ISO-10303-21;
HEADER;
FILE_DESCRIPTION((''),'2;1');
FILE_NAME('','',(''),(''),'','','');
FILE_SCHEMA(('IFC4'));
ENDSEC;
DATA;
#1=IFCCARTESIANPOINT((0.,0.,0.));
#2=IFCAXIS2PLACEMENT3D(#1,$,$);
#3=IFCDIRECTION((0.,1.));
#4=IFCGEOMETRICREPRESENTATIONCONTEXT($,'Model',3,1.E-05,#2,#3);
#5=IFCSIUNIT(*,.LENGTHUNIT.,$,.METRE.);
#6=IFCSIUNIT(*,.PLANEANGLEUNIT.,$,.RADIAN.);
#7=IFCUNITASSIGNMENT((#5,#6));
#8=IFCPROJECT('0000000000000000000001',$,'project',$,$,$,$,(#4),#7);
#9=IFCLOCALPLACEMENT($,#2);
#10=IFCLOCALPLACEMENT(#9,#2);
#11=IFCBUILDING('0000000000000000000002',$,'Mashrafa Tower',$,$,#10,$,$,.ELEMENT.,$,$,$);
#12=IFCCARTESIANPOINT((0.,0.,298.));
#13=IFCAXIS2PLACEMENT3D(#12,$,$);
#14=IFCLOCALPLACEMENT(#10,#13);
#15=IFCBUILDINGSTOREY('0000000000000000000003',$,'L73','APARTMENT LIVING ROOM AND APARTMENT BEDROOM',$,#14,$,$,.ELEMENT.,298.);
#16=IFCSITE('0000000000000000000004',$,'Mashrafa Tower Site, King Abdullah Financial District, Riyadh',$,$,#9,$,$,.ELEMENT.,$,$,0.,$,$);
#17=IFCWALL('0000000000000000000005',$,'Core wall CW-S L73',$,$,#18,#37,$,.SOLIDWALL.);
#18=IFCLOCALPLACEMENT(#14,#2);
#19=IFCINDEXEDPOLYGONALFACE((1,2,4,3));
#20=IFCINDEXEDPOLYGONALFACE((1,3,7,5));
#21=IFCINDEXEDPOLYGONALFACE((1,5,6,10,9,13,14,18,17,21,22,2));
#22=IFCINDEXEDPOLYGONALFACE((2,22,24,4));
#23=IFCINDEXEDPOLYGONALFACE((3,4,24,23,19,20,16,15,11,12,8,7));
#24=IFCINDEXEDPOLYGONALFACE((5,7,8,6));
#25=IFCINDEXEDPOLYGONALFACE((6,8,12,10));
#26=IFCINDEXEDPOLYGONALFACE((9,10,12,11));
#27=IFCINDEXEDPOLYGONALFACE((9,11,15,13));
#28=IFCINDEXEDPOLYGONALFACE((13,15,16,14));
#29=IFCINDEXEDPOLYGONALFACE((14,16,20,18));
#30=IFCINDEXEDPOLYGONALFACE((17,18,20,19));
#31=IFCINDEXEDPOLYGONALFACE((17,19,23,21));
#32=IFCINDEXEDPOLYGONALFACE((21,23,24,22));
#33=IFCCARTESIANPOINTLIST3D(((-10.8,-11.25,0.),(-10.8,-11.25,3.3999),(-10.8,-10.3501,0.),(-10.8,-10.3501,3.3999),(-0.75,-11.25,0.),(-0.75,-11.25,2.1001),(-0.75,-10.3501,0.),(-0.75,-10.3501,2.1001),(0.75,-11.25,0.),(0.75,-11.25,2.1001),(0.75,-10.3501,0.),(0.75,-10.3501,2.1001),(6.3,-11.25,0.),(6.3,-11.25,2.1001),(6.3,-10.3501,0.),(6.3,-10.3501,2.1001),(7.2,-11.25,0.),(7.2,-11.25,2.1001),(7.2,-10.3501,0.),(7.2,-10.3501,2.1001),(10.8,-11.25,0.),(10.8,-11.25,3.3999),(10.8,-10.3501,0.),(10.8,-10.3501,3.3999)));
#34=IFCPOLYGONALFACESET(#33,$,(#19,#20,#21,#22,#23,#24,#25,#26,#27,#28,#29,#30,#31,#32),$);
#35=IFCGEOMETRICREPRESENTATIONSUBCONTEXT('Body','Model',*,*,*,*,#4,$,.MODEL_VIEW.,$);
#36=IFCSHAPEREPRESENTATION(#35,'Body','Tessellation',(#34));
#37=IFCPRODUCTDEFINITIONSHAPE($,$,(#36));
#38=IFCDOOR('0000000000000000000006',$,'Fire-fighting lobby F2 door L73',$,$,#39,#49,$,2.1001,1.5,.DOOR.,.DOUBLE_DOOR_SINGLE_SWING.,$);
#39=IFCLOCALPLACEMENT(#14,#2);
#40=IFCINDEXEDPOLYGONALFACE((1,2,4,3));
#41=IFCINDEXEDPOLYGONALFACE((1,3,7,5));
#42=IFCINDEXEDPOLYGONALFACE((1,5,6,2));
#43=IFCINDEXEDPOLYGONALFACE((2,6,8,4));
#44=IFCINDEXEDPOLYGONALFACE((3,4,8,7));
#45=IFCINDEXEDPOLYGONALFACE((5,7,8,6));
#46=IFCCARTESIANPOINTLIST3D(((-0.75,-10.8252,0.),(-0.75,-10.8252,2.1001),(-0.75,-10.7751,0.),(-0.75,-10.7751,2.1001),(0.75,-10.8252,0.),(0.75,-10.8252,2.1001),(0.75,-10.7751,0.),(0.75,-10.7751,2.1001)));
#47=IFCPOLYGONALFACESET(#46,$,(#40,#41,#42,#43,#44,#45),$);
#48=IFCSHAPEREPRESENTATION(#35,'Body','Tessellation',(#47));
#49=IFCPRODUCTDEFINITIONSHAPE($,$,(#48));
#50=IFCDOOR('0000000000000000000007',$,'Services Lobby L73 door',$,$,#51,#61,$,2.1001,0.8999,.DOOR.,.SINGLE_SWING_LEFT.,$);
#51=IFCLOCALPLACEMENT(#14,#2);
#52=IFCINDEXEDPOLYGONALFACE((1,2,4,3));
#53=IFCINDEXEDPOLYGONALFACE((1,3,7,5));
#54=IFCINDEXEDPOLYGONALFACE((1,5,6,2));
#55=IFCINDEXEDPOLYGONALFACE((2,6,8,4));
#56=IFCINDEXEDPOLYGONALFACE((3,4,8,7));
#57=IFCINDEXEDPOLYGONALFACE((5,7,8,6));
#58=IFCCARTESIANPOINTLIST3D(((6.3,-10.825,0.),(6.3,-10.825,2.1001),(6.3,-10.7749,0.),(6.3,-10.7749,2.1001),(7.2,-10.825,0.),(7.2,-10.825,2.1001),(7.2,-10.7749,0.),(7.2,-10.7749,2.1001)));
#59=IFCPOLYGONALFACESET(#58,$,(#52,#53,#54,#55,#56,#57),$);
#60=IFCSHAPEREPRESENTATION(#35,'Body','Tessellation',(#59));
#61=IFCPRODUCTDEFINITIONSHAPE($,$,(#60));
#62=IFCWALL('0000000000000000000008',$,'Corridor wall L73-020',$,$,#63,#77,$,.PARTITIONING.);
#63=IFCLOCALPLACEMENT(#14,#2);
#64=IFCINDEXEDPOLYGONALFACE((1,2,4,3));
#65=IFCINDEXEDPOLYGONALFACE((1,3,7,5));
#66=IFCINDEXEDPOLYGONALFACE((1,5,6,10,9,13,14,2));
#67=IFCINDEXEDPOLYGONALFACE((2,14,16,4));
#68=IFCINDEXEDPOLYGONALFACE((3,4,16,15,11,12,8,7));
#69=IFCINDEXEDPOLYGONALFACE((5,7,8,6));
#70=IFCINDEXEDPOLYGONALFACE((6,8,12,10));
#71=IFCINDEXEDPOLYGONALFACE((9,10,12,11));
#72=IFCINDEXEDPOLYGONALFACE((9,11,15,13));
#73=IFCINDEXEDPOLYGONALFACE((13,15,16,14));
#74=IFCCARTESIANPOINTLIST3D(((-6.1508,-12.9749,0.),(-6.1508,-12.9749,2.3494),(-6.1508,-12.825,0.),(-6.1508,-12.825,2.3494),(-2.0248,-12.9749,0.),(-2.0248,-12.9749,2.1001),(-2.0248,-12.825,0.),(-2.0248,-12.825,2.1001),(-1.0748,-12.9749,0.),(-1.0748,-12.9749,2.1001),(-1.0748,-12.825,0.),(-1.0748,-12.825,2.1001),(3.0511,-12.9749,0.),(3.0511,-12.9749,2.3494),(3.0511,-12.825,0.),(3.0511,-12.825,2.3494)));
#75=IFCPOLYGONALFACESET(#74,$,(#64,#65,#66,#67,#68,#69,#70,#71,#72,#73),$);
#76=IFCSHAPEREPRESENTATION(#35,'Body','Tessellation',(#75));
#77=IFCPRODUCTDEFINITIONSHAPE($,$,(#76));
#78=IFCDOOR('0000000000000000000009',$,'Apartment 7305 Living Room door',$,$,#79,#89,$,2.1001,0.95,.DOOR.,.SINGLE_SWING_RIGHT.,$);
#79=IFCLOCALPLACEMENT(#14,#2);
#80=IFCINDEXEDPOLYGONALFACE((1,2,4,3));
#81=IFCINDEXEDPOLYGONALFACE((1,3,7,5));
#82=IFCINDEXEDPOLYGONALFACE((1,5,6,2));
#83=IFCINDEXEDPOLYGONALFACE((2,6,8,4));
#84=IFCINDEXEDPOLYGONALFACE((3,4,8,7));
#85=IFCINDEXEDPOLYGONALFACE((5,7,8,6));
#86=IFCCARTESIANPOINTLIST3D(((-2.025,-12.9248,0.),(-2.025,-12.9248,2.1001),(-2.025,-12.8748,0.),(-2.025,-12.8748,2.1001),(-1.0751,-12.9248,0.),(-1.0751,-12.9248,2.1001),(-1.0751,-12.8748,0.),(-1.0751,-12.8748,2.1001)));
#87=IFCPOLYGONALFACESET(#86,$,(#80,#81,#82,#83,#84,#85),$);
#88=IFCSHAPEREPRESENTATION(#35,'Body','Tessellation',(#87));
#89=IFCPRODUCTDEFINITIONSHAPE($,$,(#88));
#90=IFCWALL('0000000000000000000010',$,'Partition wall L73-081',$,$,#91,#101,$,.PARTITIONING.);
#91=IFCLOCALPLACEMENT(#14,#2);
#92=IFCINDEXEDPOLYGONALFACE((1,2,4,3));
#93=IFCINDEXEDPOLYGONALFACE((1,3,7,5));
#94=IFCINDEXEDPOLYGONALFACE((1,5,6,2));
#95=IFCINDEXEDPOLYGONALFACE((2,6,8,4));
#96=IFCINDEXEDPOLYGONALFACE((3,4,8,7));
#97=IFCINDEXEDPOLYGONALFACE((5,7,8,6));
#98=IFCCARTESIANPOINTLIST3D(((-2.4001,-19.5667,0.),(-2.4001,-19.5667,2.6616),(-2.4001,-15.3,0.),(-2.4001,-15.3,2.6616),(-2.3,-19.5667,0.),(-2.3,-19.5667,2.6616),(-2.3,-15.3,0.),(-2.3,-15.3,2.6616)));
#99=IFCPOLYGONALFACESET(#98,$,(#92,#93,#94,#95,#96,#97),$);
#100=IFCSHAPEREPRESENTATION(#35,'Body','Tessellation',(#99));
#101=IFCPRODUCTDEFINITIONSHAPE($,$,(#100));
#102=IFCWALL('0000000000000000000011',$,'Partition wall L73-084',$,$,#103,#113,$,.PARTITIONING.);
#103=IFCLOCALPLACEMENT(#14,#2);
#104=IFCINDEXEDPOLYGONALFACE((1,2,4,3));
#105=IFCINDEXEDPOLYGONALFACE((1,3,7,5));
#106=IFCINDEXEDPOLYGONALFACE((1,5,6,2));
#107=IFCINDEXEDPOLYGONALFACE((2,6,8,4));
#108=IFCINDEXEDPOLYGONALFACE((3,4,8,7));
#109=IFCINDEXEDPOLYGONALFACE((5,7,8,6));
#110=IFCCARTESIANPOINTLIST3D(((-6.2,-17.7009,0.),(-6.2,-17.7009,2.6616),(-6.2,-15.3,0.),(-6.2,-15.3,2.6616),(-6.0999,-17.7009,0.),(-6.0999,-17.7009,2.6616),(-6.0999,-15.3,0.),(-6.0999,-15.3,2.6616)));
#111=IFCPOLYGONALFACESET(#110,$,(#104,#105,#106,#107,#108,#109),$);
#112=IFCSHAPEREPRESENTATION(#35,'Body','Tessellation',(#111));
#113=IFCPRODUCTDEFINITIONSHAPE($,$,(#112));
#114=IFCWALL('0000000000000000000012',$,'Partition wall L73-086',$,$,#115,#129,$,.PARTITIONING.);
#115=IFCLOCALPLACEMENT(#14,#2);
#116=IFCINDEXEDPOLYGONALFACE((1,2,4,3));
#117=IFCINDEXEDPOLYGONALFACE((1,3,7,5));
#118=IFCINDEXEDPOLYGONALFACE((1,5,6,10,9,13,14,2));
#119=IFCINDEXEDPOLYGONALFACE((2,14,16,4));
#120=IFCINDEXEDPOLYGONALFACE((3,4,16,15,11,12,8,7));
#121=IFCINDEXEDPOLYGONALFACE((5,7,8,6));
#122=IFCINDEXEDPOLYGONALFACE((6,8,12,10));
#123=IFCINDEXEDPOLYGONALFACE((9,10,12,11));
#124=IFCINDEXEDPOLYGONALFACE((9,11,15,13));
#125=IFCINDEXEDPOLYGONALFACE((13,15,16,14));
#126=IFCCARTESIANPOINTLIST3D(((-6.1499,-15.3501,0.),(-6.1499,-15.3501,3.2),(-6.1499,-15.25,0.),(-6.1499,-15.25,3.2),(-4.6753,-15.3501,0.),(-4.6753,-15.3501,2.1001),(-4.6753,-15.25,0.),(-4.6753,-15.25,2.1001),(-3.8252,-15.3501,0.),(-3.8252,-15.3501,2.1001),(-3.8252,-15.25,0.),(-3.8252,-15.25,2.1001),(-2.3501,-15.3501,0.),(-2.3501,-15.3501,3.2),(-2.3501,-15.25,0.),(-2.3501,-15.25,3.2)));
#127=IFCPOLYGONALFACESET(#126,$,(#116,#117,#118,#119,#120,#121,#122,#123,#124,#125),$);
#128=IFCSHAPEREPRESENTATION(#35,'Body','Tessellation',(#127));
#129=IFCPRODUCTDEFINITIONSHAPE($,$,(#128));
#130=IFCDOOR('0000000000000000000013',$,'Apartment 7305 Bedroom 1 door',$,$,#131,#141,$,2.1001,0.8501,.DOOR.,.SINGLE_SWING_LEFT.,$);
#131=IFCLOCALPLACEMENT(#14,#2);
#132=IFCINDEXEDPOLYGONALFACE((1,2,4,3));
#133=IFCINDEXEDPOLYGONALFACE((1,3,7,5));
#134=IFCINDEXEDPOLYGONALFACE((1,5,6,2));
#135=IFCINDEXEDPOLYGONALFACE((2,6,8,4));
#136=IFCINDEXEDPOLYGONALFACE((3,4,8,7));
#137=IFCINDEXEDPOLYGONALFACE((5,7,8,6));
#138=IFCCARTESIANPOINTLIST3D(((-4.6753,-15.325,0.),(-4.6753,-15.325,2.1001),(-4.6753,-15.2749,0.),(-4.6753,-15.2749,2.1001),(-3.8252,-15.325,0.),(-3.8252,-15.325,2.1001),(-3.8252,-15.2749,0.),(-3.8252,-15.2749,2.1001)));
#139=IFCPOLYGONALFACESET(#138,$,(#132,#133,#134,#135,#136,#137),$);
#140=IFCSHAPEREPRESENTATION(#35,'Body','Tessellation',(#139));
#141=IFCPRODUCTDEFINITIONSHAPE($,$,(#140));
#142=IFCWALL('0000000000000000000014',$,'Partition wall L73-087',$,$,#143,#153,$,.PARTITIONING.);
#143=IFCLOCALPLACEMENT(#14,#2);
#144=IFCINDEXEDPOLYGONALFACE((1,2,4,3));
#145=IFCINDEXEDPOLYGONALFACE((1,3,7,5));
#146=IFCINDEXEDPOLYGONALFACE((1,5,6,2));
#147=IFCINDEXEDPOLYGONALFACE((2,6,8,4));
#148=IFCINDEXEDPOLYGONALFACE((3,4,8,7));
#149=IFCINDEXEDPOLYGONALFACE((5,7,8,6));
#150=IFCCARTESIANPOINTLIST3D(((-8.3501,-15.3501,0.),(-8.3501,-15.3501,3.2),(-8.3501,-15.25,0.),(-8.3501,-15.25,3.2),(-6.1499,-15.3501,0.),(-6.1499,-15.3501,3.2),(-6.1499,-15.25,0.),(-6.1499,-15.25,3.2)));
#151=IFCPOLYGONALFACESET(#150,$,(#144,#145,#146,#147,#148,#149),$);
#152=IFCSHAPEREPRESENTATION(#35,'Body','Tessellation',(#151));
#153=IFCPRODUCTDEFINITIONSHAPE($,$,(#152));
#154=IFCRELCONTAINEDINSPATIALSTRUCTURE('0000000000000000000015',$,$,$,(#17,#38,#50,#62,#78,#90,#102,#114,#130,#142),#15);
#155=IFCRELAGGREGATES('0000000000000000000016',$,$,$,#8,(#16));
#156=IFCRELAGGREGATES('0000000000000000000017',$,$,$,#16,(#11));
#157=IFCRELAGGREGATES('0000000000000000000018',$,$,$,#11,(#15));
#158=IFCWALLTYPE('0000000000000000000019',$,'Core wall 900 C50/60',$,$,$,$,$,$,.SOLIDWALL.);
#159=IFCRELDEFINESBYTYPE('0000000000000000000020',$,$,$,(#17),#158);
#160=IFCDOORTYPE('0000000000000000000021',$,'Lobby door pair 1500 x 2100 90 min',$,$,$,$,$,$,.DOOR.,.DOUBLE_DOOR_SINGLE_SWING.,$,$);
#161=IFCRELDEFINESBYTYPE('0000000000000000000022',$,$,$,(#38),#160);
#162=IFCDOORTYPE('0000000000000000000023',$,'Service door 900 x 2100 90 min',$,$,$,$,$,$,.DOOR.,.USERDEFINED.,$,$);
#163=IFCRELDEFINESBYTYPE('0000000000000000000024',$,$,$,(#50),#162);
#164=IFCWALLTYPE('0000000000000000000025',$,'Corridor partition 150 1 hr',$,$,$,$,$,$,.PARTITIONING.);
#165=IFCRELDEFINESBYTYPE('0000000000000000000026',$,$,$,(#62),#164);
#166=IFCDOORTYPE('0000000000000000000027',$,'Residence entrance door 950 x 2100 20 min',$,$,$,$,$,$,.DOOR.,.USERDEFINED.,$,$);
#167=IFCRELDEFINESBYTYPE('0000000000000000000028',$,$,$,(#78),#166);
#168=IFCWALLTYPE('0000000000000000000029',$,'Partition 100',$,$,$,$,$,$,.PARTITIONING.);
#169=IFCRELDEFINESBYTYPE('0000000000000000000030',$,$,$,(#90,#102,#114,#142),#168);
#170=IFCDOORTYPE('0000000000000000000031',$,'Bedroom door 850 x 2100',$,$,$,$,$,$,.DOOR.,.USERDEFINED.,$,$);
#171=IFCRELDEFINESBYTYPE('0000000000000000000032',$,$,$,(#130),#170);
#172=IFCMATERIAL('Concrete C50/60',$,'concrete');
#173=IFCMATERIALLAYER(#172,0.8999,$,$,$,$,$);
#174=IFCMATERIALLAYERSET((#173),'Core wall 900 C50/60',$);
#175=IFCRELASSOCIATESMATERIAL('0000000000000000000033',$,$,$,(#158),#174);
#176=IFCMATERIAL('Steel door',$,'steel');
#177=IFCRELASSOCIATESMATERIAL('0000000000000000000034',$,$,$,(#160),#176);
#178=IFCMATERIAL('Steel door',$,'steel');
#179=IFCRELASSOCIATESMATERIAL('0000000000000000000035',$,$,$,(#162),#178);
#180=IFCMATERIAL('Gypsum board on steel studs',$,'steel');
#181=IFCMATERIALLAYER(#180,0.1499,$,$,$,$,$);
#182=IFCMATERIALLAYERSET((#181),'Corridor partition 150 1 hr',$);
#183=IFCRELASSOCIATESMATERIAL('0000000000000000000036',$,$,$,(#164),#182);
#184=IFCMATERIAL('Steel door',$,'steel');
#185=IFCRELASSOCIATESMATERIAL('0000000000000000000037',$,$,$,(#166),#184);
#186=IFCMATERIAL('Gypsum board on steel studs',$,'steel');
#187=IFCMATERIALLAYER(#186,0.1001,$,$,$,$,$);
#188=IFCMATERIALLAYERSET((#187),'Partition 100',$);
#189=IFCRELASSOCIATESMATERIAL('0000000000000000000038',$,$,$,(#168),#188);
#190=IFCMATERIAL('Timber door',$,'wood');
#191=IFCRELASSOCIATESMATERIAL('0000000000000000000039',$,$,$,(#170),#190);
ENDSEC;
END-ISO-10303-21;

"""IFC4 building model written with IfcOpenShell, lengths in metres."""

from ifc_helpers import new_model, si_unit, direction, frame, frame_2d, origin, place, context, subcontext, project, spatial, rectangle, extrude, material, layer, layer_set, type_object, element, fill, save


model = new_model("IFC4")

# Units and contexts
model_context = context("Model", 3, precision=1e-05, world=origin(), true_north=direction((0.0, 1.0)))
body_context = subcontext(model_context, "Body", "Model", "MODEL_VIEW")
ifc_project = project(units=[si_unit("LENGTHUNIT", "METRE"), si_unit("PLANEANGLEUNIT", "RADIAN")], contexts=[model_context])

# Site, building, storey
site_placement = place(None, origin())
site = spatial("IfcSite", under=ifc_project, at=site_placement, Name="Mashrafa Tower Site, King Abdullah Financial District, Riyadh", CompositionType="ELEMENT", RefElevation=0.0)
building_placement = place(site_placement, origin())
building = spatial("IfcBuilding", under=site, at=building_placement, Name="Mashrafa Tower", CompositionType="ELEMENT")
storey_placement = place(building_placement, frame((0.0, 0.0, 298.0)))
storey = spatial("IfcBuildingStorey", under=building, at=storey_placement, Name="L73", Description="APARTMENT LIVING ROOM AND APARTMENT BEDROOM", CompositionType="ELEMENT", Elevation=298.0)

# Wall, openings, doors
ifc_material_1 = material(Name="Concrete C50/60", Category="concrete")
ifc_layer_1 = layer(ifc_material_1, 0.8999)
ifc_layer_set_1 = layer_set([ifc_layer_1], Name="Core wall 900 C50/60")
wall_type_1 = type_object("IfcWallType", Name="Core wall 900 C50/60", PredefinedType="SOLIDWALL", material=ifc_layer_set_1)
wall_1_placement = place(storey_placement, frame((-10.8, -10.8, 0.0), z_axis=(0.0, 0.0, 1.0), x_axis=(1.0, 0.0, 0.0)))
wall_1 = element("IfcWall", 1, at=wall_1_placement, inside=storey, type_object=wall_type_1, Name="Core wall CW-S L73", PredefinedType="SOLIDWALL", context=body_context, shape_type="SweptSolid", body=[
    extrude(rectangle(XDim=21.6001, YDim=0.8999, at=frame_2d((10.8, 0.0))), origin(), (0.0, 0.0, 1.0), 3.3999),
])
opening_1_placement = place(wall_1_placement, frame((10.05, 0.0, 0.0)))
opening_1 = element("IfcOpeningElement", 2, at=opening_1_placement, cuts=wall_1, PredefinedType="OPENING", context=body_context, shape_type="SweptSolid", body=[
    extrude(rectangle(XDim=1.5, YDim=2.1001, at=frame_2d((0.75, 1.05))), frame((0.0, 0.46, 0.0), z_axis=(0.0, -1.0, 0.0), x_axis=(1.0, 0.0, 0.0)), (0.0, 0.0, 1.0), 0.9199),
])
opening_2_placement = place(wall_1_placement, frame((17.1001, 0.0, 0.0)))
opening_2 = element("IfcOpeningElement", 3, at=opening_2_placement, cuts=wall_1, PredefinedType="OPENING", context=body_context, shape_type="SweptSolid", body=[
    extrude(rectangle(XDim=0.8999, YDim=2.1001, at=frame_2d((0.45, 1.05))), frame((0.0, 0.46, 0.0), z_axis=(0.0, -1.0, 0.0), x_axis=(1.0, 0.0, 0.0)), (0.0, 0.0, 1.0), 0.9199),
])
ifc_material_2 = material(Name="Steel door", Category="steel")
door_type_1 = type_object("IfcDoorType", Name="Lobby door pair 1500 x 2100 90 min", OperationType="DOUBLE_DOOR_SINGLE_SWING", PredefinedType="DOOR", material=ifc_material_2)
door_1_placement = place(opening_1_placement, origin())
door_1 = element("IfcDoor", 4, at=door_1_placement, inside=storey, type_object=door_type_1, Name="Fire-fighting lobby F2 door L73", OperationType="DOUBLE_DOOR_SINGLE_SWING", OverallHeight=2.1001, OverallWidth=1.5, PredefinedType="DOOR", context=body_context, shape_type="SweptSolid", body=[
    extrude(rectangle(XDim=1.5, YDim=2.1001, at=frame_2d((0.75, 1.05))), frame((0.0, 0.0249, 0.0), z_axis=(0.0, -1.0, 0.0), x_axis=(1.0, 0.0, 0.0)), (0.0, 0.0, 1.0), 0.05),
])
fill(opening_1, door_1)
ifc_material_3 = material(Name="Steel door", Category="steel")
door_type_2 = type_object("IfcDoorType", Name="Service door 900 x 2100 90 min", OperationType="USERDEFINED", PredefinedType="DOOR", material=ifc_material_3)
door_2_placement = place(opening_2_placement, frame((0.8999, 0.0, 0.0), z_axis=(0.0, 0.0, 1.0), x_axis=(-1.0, 0.0, 0.0)))
door_2 = element("IfcDoor", 5, at=door_2_placement, inside=storey, type_object=door_type_2, Name="Services Lobby L73 door", OperationType="SINGLE_SWING_LEFT", OverallHeight=2.1001, OverallWidth=0.8999, PredefinedType="DOOR", context=body_context, shape_type="SweptSolid", body=[
    extrude(rectangle(XDim=0.8999, YDim=2.1001, at=frame_2d((0.45, 1.05))), frame((0.0, 0.0249, 0.0), z_axis=(0.0, -1.0, 0.0), x_axis=(1.0, 0.0, 0.0)), (0.0, 0.0, 1.0), 0.05),
])
fill(opening_2, door_2)

# Wall, opening, door
ifc_material_4 = material(Name="Gypsum board on steel studs", Category="steel")
ifc_layer_2 = layer(ifc_material_4, 0.1499)
ifc_layer_set_2 = layer_set([ifc_layer_2], Name="Corridor partition 150 1 hr")
wall_type_2 = type_object("IfcWallType", Name="Corridor partition 150 1 hr", PredefinedType="PARTITIONING", material=ifc_layer_set_2)
wall_2_placement = place(storey_placement, frame((-6.1509, -12.8999, 0.0), z_axis=(0.0, 0.0, 1.0), x_axis=(1.0, 0.0, 0.0)))
wall_2 = element("IfcWall", 6, at=wall_2_placement, inside=storey, type_object=wall_type_2, Name="Corridor wall L73-020", PredefinedType="PARTITIONING", context=body_context, shape_type="SweptSolid", body=[
    extrude(rectangle(XDim=9.2019, YDim=0.1499, at=frame_2d((4.6011, 0.0))), origin(), (0.0, 0.0, 1.0), 2.3494),
])
opening_3_placement = place(wall_2_placement, frame((4.126, 0.0, 0.0)))
opening_3 = element("IfcOpeningElement", 7, at=opening_3_placement, cuts=wall_2, PredefinedType="OPENING", context=body_context, shape_type="SweptSolid", body=[
    extrude(rectangle(XDim=0.95, YDim=2.1001, at=frame_2d((0.4751, 1.05))), frame((0.0, 0.085, 0.0), z_axis=(0.0, -1.0, 0.0), x_axis=(1.0, 0.0, 0.0)), (0.0, 0.0, 1.0), 0.1699),
])
ifc_material_5 = material(Name="Steel door", Category="steel")
door_type_3 = type_object("IfcDoorType", Name="Residence entrance door 950 x 2100 20 min", OperationType="USERDEFINED", PredefinedType="DOOR", material=ifc_material_5)
door_3_placement = place(opening_3_placement, frame((0.95, 0.0, 0.0), z_axis=(0.0, 0.0, 1.0), x_axis=(-1.0, 0.0, 0.0)))
door_3 = element("IfcDoor", 8, at=door_3_placement, inside=storey, type_object=door_type_3, Name="Apartment 7305 Living Room door", OperationType="SINGLE_SWING_RIGHT", OverallHeight=2.1001, OverallWidth=0.95, PredefinedType="DOOR", context=body_context, shape_type="SweptSolid", body=[
    extrude(rectangle(XDim=0.95, YDim=2.1001, at=frame_2d((0.4751, 1.05))), frame((0.0, 0.0249, 0.0), z_axis=(0.0, -1.0, 0.0), x_axis=(1.0, 0.0, 0.0)), (0.0, 0.0, 1.0), 0.05),
])
fill(opening_3, door_3)

# Walls
ifc_material_6 = material(Name="Gypsum board on steel studs", Category="steel")
ifc_layer_3 = layer(ifc_material_6, 0.1001)
ifc_layer_set_3 = layer_set([ifc_layer_3], Name="Partition 100")
wall_type_3 = type_object("IfcWallType", Name="Partition 100", PredefinedType="PARTITIONING", material=ifc_layer_set_3)
wall_3_placement = place(storey_placement, frame((-2.3501, -15.3, 0.0), z_axis=(0.0, 0.0, 1.0), x_axis=(0.0, -1.0, 0.0)))
element("IfcWall", 9, at=wall_3_placement, inside=storey, type_object=wall_type_3, Name="Partition wall L73-081", PredefinedType="PARTITIONING", context=body_context, shape_type="SweptSolid", body=[
    extrude(rectangle(XDim=4.2666, YDim=0.1001, at=frame_2d((2.1333, 0.0))), origin(), (0.0, 0.0, 1.0), 2.6616),
])
wall_4_placement = place(storey_placement, frame((-6.1499, -15.3, 0.0), z_axis=(0.0, 0.0, 1.0), x_axis=(0.0, -1.0, 0.0)))
element("IfcWall", 10, at=wall_4_placement, inside=storey, type_object=wall_type_3, Name="Partition wall L73-084", PredefinedType="PARTITIONING", context=body_context, shape_type="SweptSolid", body=[
    extrude(rectangle(XDim=2.4009, YDim=0.1001, at=frame_2d((1.2004, 0.0))), origin(), (0.0, 0.0, 1.0), 2.6616),
])

# Wall, opening, door
wall_5_placement = place(storey_placement, frame((-2.3501, -15.3, 0.0), z_axis=(0.0, 0.0, 1.0), x_axis=(-1.0, 0.0, 0.0)))
wall_5 = element("IfcWall", 11, at=wall_5_placement, inside=storey, type_object=wall_type_3, Name="Partition wall L73-086", PredefinedType="PARTITIONING", context=body_context, shape_type="SweptSolid", body=[
    extrude(rectangle(XDim=3.7998, YDim=0.1001, at=frame_2d((1.8999, 0.0))), origin(), (0.0, 0.0, 1.0), 3.2),
])
opening_4_placement = place(wall_5_placement, frame((1.4751, 0.0, 0.0)))
opening_4 = element("IfcOpeningElement", 12, at=opening_4_placement, cuts=wall_5, PredefinedType="OPENING", context=body_context, shape_type="SweptSolid", body=[
    extrude(rectangle(XDim=0.8501, YDim=2.1001, at=frame_2d((0.425, 1.05))), frame((0.0, 0.0601, 0.0), z_axis=(0.0, -1.0, 0.0), x_axis=(1.0, 0.0, 0.0)), (0.0, 0.0, 1.0), 0.1201),
])
ifc_material_7 = material(Name="Timber door", Category="wood")
door_type_4 = type_object("IfcDoorType", Name="Bedroom door 850 x 2100", OperationType="USERDEFINED", PredefinedType="DOOR", material=ifc_material_7)
door_4_placement = place(opening_4_placement, origin())
door_4 = element("IfcDoor", 13, at=door_4_placement, inside=storey, type_object=door_type_4, Name="Apartment 7305 Bedroom 1 door", OperationType="SINGLE_SWING_LEFT", OverallHeight=2.1001, OverallWidth=0.8501, PredefinedType="DOOR", context=body_context, shape_type="SweptSolid", body=[
    extrude(rectangle(XDim=0.8501, YDim=2.1001, at=frame_2d((0.425, 1.05))), frame((0.0, 0.0249, 0.0), z_axis=(0.0, -1.0, 0.0), x_axis=(1.0, 0.0, 0.0)), (0.0, 0.0, 1.0), 0.05),
])
fill(opening_4, door_4)

# Wall
wall_6_placement = place(storey_placement, frame((-6.1499, -15.3, 0.0), z_axis=(0.0, 0.0, 1.0), x_axis=(-1.0, 0.0, 0.0)))
element("IfcWall", 14, at=wall_6_placement, inside=storey, type_object=wall_type_3, Name="Partition wall L73-087", PredefinedType="PARTITIONING", context=body_context, shape_type="SweptSolid", body=[
    extrude(rectangle(XDim=2.2002, YDim=0.1001, at=frame_2d((1.1001, 0.0))), origin(), (0.0, 0.0, 1.0), 3.2),
])

save(model, "model.ifc")
